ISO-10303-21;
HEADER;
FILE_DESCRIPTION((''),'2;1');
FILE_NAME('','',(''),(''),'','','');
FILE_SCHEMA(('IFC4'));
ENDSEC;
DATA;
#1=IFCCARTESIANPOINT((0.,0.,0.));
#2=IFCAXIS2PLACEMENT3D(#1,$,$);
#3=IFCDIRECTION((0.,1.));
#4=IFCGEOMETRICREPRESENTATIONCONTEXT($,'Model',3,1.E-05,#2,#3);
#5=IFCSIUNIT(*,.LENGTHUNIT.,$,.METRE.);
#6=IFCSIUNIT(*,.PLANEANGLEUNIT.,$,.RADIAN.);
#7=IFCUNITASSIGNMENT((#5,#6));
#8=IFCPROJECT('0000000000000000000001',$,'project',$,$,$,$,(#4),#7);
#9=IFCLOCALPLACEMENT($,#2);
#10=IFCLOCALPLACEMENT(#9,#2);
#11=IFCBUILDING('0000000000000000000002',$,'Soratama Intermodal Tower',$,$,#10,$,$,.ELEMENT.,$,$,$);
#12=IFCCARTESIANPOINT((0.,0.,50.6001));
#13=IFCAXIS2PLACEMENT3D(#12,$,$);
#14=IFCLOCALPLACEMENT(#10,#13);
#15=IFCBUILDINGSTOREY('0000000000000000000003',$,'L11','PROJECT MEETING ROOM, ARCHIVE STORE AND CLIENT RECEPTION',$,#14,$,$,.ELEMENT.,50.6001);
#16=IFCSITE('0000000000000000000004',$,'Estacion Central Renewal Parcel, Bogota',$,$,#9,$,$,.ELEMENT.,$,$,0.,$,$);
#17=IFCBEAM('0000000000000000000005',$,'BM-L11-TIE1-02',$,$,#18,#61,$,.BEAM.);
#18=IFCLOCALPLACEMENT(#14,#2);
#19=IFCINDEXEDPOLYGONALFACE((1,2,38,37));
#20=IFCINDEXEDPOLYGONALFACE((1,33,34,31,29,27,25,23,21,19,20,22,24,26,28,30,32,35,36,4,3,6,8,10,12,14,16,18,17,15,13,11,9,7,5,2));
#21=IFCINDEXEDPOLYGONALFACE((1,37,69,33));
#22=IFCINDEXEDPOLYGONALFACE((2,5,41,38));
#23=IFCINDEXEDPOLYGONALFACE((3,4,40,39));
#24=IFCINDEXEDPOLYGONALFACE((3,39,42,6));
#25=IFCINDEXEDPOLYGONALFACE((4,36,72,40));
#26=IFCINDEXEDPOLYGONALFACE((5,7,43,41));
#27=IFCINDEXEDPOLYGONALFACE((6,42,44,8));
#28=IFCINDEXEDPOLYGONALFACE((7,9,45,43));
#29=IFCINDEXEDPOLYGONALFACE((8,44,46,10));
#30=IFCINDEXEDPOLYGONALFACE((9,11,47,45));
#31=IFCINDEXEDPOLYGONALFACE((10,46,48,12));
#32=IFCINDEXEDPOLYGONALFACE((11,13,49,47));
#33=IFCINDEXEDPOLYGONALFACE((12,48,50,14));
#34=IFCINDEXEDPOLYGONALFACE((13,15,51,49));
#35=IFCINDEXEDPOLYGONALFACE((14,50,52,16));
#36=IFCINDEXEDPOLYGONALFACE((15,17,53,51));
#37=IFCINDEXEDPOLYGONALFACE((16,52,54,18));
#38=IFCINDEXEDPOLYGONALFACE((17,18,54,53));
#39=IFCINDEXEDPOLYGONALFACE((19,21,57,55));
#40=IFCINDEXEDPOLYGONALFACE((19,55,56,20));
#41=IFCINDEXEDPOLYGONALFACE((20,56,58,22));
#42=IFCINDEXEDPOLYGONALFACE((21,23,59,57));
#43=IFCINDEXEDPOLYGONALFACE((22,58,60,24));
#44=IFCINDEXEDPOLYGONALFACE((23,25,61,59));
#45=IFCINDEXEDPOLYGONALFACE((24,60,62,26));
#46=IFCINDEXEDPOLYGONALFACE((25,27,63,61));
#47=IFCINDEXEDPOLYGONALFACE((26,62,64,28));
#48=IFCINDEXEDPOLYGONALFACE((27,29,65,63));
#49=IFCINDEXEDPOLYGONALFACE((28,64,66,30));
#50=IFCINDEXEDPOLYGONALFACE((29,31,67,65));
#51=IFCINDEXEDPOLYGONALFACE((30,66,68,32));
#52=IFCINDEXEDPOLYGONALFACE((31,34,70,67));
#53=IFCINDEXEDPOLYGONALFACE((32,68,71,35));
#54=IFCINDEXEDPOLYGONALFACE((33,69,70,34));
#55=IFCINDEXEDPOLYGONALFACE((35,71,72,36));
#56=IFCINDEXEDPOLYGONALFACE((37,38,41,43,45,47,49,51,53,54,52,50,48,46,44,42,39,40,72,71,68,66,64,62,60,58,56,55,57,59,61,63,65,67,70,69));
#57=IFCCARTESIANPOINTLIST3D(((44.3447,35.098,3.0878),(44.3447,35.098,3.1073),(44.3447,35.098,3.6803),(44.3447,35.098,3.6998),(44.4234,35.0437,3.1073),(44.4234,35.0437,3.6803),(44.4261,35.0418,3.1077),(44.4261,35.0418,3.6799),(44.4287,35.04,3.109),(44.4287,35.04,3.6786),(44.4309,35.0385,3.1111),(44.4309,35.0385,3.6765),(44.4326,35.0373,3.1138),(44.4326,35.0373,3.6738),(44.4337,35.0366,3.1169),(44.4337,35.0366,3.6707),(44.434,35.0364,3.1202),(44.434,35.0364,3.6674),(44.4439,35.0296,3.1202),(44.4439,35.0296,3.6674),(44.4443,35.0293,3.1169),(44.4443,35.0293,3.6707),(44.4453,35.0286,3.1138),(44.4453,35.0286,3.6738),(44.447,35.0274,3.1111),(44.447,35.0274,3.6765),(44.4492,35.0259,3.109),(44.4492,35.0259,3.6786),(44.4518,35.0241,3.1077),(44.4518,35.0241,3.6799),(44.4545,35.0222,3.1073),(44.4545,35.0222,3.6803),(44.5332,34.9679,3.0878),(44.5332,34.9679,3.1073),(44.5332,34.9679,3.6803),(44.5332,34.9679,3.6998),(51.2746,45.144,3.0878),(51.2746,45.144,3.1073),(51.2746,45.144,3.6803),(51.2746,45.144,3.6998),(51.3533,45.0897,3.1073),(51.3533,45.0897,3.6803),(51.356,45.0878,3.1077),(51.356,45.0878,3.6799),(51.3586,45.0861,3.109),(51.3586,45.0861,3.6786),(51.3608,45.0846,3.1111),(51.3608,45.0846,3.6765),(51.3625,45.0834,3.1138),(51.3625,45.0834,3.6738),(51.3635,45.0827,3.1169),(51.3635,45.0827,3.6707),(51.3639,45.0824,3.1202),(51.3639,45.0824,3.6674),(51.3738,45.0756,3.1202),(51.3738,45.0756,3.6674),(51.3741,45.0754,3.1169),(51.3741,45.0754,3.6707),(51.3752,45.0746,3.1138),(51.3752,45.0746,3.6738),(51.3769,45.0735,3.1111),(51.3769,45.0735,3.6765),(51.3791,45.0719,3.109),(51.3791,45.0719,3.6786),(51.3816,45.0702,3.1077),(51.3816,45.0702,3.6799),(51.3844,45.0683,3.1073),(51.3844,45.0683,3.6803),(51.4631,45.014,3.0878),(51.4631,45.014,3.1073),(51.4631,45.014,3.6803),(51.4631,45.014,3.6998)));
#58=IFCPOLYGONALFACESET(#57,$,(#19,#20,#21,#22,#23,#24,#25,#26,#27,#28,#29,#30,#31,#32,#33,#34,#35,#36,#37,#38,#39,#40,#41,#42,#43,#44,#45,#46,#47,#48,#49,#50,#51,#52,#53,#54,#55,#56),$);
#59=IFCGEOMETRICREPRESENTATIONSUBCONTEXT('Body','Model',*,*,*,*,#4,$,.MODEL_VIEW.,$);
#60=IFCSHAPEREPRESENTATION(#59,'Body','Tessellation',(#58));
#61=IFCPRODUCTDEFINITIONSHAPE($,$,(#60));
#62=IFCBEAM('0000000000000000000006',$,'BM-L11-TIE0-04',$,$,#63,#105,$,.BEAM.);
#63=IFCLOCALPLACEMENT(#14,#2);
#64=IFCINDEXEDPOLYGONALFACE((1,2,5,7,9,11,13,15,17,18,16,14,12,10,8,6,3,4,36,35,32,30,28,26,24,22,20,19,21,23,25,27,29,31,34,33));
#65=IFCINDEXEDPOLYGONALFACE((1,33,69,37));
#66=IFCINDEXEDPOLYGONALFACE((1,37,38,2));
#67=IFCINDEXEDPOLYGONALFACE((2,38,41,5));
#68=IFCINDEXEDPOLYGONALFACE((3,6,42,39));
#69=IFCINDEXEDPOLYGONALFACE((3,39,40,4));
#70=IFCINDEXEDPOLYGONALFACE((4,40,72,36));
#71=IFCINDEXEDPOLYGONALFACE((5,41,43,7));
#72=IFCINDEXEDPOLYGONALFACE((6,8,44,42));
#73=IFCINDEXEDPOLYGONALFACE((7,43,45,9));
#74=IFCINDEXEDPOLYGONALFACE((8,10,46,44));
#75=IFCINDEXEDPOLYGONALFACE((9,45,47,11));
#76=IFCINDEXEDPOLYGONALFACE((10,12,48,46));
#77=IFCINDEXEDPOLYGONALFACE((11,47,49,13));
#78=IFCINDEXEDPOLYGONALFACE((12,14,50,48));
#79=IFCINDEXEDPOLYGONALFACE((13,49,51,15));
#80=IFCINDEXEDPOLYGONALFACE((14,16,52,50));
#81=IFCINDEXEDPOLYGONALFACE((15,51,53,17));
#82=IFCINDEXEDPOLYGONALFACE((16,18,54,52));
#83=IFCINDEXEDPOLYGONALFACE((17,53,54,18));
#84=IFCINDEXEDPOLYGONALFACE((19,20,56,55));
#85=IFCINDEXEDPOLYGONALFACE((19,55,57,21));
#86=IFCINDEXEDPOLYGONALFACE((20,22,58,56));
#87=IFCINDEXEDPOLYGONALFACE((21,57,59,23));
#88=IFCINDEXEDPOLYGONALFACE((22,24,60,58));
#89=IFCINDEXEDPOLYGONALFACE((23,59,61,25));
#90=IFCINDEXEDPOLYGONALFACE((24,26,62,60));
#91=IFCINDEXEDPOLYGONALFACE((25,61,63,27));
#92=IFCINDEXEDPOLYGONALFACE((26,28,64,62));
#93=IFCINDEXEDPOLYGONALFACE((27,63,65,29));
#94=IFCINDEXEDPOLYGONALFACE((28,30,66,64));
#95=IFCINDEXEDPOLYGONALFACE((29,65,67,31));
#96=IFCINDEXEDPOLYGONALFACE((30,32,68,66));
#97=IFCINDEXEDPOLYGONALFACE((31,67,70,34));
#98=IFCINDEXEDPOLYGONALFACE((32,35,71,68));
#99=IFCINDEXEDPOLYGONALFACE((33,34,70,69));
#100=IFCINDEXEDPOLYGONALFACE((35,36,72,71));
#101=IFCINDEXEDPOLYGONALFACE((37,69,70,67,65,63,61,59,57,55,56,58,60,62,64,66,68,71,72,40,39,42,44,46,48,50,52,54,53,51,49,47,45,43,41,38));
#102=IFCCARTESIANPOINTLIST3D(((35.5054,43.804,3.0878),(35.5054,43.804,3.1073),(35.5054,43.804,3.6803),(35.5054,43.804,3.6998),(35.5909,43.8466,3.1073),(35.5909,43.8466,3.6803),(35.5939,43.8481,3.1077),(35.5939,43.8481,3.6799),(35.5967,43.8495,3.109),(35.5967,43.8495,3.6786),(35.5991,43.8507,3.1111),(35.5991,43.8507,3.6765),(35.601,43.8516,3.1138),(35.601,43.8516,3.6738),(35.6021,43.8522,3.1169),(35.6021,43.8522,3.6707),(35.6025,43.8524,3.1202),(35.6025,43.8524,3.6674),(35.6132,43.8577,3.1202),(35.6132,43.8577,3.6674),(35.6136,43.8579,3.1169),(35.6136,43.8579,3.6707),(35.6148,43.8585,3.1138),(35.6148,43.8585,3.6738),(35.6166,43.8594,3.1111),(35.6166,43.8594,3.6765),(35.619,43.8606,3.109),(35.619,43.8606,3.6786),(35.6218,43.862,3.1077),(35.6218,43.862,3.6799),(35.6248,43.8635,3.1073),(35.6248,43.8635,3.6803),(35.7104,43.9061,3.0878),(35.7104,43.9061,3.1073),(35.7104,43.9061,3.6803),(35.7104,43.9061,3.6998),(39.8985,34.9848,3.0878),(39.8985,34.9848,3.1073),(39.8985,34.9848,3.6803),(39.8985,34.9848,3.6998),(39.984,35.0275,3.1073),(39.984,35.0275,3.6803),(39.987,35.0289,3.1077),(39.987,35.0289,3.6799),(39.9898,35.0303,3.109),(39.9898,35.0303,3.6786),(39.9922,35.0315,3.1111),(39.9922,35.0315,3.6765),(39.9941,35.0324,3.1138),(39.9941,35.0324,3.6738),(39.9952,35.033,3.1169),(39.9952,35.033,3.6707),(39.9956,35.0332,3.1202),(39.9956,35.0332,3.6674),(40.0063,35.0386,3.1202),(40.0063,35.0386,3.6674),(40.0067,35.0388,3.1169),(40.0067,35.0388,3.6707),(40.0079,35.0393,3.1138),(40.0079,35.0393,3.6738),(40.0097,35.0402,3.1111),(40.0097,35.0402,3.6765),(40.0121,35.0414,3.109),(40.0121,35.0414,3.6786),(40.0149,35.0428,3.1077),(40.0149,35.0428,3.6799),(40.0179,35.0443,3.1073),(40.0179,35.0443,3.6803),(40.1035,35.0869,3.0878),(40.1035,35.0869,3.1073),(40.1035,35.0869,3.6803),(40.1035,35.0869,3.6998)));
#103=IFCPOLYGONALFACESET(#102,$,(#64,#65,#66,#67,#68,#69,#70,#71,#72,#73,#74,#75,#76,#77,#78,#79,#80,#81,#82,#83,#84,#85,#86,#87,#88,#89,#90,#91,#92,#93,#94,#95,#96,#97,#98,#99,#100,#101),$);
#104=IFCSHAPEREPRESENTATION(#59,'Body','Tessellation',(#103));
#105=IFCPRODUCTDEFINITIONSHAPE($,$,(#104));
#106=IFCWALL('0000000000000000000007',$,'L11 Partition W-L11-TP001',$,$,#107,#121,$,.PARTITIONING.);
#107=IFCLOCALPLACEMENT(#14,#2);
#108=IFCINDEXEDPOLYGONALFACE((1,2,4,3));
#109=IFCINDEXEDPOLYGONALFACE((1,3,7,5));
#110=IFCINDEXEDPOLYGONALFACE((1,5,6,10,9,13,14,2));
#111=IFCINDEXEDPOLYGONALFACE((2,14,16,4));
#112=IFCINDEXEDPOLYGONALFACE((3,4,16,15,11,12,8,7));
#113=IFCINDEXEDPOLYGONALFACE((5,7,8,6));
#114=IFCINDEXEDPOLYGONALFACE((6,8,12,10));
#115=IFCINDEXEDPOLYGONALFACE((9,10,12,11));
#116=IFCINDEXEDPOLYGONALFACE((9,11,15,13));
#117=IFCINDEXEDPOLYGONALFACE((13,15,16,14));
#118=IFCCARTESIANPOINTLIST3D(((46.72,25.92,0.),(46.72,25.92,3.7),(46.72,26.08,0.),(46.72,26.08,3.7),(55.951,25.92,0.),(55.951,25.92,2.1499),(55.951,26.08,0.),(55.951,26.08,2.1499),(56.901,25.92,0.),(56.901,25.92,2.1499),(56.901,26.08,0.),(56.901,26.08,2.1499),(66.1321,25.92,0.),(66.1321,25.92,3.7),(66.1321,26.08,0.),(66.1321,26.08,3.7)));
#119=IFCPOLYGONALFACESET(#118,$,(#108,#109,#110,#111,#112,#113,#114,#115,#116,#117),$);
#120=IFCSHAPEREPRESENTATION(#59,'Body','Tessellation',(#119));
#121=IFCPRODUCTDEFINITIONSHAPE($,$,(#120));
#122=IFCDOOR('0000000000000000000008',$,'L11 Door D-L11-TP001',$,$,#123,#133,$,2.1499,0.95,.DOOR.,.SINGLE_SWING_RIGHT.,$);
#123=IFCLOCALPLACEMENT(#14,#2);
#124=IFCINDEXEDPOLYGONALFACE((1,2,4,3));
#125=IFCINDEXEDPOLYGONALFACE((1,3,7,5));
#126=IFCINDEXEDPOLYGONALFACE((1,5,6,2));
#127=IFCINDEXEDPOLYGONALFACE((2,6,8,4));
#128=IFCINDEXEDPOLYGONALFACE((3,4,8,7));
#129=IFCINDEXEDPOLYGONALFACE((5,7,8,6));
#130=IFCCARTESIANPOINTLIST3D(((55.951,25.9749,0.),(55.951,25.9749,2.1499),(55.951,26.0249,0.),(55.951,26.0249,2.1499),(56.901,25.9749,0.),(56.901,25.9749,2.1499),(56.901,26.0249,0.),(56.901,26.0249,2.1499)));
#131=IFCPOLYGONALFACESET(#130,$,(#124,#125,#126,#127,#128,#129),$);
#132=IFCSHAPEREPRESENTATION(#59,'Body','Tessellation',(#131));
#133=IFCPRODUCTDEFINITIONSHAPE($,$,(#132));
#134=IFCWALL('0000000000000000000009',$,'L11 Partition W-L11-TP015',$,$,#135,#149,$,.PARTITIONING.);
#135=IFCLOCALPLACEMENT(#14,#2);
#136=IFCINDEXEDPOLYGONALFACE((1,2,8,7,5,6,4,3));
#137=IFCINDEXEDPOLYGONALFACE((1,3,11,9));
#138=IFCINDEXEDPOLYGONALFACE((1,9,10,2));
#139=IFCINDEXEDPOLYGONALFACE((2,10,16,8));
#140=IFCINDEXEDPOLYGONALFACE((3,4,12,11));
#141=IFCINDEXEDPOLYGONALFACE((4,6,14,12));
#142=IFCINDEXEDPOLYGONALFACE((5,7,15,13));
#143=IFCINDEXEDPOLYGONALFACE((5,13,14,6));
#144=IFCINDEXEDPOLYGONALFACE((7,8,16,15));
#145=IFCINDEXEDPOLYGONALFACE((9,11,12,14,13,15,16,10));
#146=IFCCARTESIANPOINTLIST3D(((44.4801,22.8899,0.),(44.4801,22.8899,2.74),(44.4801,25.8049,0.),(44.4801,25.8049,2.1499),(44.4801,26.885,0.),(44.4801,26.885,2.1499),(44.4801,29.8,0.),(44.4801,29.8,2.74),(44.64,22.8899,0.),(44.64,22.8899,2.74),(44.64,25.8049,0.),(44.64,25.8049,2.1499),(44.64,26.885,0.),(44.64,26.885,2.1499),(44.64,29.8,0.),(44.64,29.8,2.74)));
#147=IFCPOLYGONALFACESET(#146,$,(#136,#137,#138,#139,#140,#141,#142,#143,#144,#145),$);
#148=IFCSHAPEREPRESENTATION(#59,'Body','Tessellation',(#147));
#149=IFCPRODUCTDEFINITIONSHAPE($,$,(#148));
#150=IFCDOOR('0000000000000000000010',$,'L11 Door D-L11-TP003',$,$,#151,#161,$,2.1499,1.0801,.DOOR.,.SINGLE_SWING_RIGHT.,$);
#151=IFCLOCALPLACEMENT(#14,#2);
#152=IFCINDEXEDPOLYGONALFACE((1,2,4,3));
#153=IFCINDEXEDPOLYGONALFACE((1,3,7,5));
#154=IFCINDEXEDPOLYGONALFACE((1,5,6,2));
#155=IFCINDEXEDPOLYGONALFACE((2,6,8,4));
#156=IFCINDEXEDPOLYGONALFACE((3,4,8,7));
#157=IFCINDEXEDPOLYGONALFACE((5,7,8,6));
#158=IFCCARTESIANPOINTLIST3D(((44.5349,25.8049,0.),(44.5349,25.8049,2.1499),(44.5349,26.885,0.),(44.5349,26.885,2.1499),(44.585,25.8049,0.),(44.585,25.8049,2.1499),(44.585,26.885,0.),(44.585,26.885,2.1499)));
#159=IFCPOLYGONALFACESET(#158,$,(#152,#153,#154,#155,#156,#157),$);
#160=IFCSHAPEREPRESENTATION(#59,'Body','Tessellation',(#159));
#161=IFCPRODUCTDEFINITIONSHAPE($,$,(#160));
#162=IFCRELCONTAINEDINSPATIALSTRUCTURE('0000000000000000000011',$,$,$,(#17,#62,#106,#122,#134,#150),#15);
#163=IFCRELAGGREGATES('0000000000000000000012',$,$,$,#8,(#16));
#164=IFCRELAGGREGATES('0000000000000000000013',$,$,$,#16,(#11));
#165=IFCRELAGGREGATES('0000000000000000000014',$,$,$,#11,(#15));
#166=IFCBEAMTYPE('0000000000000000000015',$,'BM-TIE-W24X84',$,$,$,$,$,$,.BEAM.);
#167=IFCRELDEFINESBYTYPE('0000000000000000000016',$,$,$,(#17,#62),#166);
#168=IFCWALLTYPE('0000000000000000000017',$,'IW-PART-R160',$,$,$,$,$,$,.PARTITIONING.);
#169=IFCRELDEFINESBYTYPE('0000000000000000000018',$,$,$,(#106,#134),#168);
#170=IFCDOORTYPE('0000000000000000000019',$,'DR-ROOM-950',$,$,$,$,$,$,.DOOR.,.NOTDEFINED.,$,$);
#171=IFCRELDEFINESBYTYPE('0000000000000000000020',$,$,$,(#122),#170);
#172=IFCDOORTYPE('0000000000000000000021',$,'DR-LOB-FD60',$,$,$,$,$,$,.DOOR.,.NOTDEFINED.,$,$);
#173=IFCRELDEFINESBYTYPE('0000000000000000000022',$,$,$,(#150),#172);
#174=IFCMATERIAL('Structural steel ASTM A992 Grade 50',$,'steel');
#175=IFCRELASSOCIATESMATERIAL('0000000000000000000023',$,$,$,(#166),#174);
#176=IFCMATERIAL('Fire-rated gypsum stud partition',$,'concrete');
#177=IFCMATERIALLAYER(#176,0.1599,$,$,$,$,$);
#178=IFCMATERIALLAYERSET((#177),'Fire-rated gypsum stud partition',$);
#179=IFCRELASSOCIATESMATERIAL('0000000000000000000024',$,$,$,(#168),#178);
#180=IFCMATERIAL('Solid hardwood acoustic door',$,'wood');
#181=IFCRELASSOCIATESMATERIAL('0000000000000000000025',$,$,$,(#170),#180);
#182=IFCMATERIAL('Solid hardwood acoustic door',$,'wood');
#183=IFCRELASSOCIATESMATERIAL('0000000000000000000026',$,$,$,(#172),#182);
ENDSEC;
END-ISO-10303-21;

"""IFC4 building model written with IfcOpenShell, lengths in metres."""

from ifc_helpers import new_model, si_unit, direction, frame, frame_2d, origin, origin_2d, place, context, subcontext, project, spatial, rectangle, i_section, extrude, material, layer, layer_set, material_profile, profile_set, type_object, element, fill, save


model = new_model("IFC4")

# Units and contexts
model_context = context("Model", 3, precision=1e-05, world=origin(), true_north=direction((0.0, 1.0)))
body_context = subcontext(model_context, "Body", "Model", "MODEL_VIEW")
ifc_project = project(units=[si_unit("LENGTHUNIT", "METRE"), si_unit("PLANEANGLEUNIT", "RADIAN")], contexts=[model_context])

# Site, building, storey
site_placement = place(None, origin())
site = spatial("IfcSite", under=ifc_project, at=site_placement, Name="Estacion Central Renewal Parcel, Bogota", CompositionType="ELEMENT", RefElevation=0.0)
building_placement = place(site_placement, origin())
building = spatial("IfcBuilding", under=site, at=building_placement, Name="Soratama Intermodal Tower", CompositionType="ELEMENT")
storey_placement = place(building_placement, frame((0.0, 0.0, 50.6001)))
storey = spatial("IfcBuildingStorey", under=building, at=storey_placement, Name="L11", Description="PROJECT MEETING ROOM, ARCHIVE STORE AND CLIENT RECEPTION", CompositionType="ELEMENT", Elevation=50.6001)

# Beams
ifc_material_1 = material(Name="Structural steel ASTM A992 Grade 50", Category="steel")
ifc_material_profile_1 = material_profile(ifc_material_1, i_section(OverallWidth=0.229, OverallDepth=0.6121, WebThickness=0.012, FlangeThickness=0.0195, FilletRadius=0.0129, at=origin_2d()), Name="W24X84")
ifc_profile_set_1 = profile_set([ifc_material_profile_1], Name="Structural steel ASTM A992 Grade 50")
beam_type_1 = type_object("IfcBeamType", Name="BM-TIE-W24X84", PredefinedType="BEAM", material=ifc_profile_set_1)
beam_1_placement = place(storey_placement, frame((44.439, 35.033, 3.3938), z_axis=(0.567819, 0.823153, 0.0), x_axis=(-0.823153, 0.567819, 0.0)))
element("IfcBeam", 1, at=beam_1_placement, inside=storey, type_object=beam_type_1, Name="BM-L11-TIE1-02", PredefinedType="BEAM", context=body_context, shape_type="SweptSolid", body=[
    extrude(i_section(OverallWidth=0.229, OverallDepth=0.6121, WebThickness=0.012, FlangeThickness=0.0195, FilletRadius=0.0129, at=origin_2d()), origin(), (0.0, 0.0, 1.0), 12.2043),
])
beam_2_placement = place(storey_placement, frame((40.001, 35.0359, 3.3938), z_axis=(-0.445875, 0.895095, 0.0), x_axis=(-0.895095, -0.445875, 0.0)))
element("IfcBeam", 2, at=beam_2_placement, inside=storey, type_object=beam_type_1, Name="BM-L11-TIE0-04", PredefinedType="BEAM", context=body_context, shape_type="SweptSolid", body=[
    extrude(i_section(OverallWidth=0.229, OverallDepth=0.6121, WebThickness=0.012, FlangeThickness=0.0195, FilletRadius=0.0129, at=origin_2d()), origin(), (0.0, 0.0, 1.0), 9.8528),
])

# Walls, openings, doors
ifc_material_2 = material(Name="Fire-rated gypsum stud partition", Category="concrete")
ifc_layer_1 = layer(ifc_material_2, 0.1599)
ifc_layer_set_1 = layer_set([ifc_layer_1], Name="Fire-rated gypsum stud partition")
wall_type_1 = type_object("IfcWallType", Name="IW-PART-R160", PredefinedType="PARTITIONING", material=ifc_layer_set_1)
wall_1_placement = place(storey_placement, frame((46.72, 26.0, 0.0), z_axis=(0.0, 0.0, 1.0), x_axis=(1.0, 0.0, 0.0)))
wall_1 = element("IfcWall", 3, at=wall_1_placement, inside=storey, type_object=wall_type_1, Name="L11 Partition W-L11-TP001", PredefinedType="PARTITIONING", context=body_context, shape_type="SweptSolid", body=[
    extrude(rectangle(XDim=19.4121, YDim=0.1599, at=frame_2d((9.7061, 0.0))), origin(), (0.0, 0.0, 1.0), 3.7),
])
opening_1_placement = place(wall_1_placement, frame((9.231, 0.0, 0.0)))
opening_1 = element("IfcOpeningElement", 4, at=opening_1_placement, cuts=wall_1, PredefinedType="OPENING", context=body_context, shape_type="SweptSolid", body=[
    extrude(rectangle(XDim=0.95, YDim=2.1499, at=frame_2d((0.4751, 1.075))), frame((0.0, 0.0898, 0.0), z_axis=(0.0, -1.0, 0.0), x_axis=(1.0, 0.0, 0.0)), (0.0, 0.0, 1.0), 0.1799),
])
ifc_material_3 = material(Name="Solid hardwood acoustic door", Category="wood")
door_type_1 = type_object("IfcDoorType", Name="DR-ROOM-950", OperationType="NOTDEFINED", PredefinedType="DOOR", material=ifc_material_3)
door_1_placement = place(opening_1_placement, origin())
door_1 = element("IfcDoor", 5, at=door_1_placement, inside=storey, type_object=door_type_1, Name="L11 Door D-L11-TP001", OperationType="SINGLE_SWING_RIGHT", OverallHeight=2.1499, OverallWidth=0.95, PredefinedType="DOOR", context=body_context, shape_type="SweptSolid", body=[
    extrude(rectangle(XDim=0.95, YDim=2.1499, at=frame_2d((0.4751, 1.075))), frame((0.0, 0.0249, 0.0), z_axis=(0.0, -1.0, 0.0), x_axis=(1.0, 0.0, 0.0)), (0.0, 0.0, 1.0), 0.05),
])
fill(opening_1, door_1)
wall_2_placement = place(storey_placement, frame((44.5601, 29.8, 0.0), z_axis=(0.0, 0.0, 1.0), x_axis=(0.0, -1.0, 0.0)))
wall_2 = element("IfcWall", 6, at=wall_2_placement, inside=storey, type_object=wall_type_1, Name="L11 Partition W-L11-TP015", PredefinedType="PARTITIONING", context=body_context, shape_type="SweptSolid", body=[
    extrude(rectangle(XDim=6.9102, YDim=0.1599, at=frame_2d((3.4551, 0.0))), origin(), (0.0, 0.0, 1.0), 2.74),
])
opening_2_placement = place(wall_2_placement, frame((2.915, 0.0, 0.0)))
opening_2 = element("IfcOpeningElement", 7, at=opening_2_placement, cuts=wall_2, PredefinedType="OPENING", context=body_context, shape_type="SweptSolid", body=[
    extrude(rectangle(XDim=1.0801, YDim=2.1499, at=frame_2d((0.54, 1.075))), frame((0.0, 0.0898, 0.0), z_axis=(0.0, -1.0, 0.0), x_axis=(1.0, 0.0, 0.0)), (0.0, 0.0, 1.0), 0.1799),
])
ifc_material_4 = material(Name="Solid hardwood acoustic door", Category="wood")
door_type_2 = type_object("IfcDoorType", Name="DR-LOB-FD60", OperationType="NOTDEFINED", PredefinedType="DOOR", material=ifc_material_4)
door_2_placement = place(opening_2_placement, origin())
door_2 = element("IfcDoor", 8, at=door_2_placement, inside=storey, type_object=door_type_2, Name="L11 Door D-L11-TP003", OperationType="SINGLE_SWING_RIGHT", OverallHeight=2.1499, OverallWidth=1.0801, PredefinedType="DOOR", context=body_context, shape_type="SweptSolid", body=[
    extrude(rectangle(XDim=1.0801, YDim=2.1499, at=frame_2d((0.54, 1.075))), frame((0.0, 0.0249, 0.0), z_axis=(0.0, -1.0, 0.0), x_axis=(1.0, 0.0, 0.0)), (0.0, 0.0, 1.0), 0.05),
])
fill(opening_2, door_2)

save(model, "model.ifc")
